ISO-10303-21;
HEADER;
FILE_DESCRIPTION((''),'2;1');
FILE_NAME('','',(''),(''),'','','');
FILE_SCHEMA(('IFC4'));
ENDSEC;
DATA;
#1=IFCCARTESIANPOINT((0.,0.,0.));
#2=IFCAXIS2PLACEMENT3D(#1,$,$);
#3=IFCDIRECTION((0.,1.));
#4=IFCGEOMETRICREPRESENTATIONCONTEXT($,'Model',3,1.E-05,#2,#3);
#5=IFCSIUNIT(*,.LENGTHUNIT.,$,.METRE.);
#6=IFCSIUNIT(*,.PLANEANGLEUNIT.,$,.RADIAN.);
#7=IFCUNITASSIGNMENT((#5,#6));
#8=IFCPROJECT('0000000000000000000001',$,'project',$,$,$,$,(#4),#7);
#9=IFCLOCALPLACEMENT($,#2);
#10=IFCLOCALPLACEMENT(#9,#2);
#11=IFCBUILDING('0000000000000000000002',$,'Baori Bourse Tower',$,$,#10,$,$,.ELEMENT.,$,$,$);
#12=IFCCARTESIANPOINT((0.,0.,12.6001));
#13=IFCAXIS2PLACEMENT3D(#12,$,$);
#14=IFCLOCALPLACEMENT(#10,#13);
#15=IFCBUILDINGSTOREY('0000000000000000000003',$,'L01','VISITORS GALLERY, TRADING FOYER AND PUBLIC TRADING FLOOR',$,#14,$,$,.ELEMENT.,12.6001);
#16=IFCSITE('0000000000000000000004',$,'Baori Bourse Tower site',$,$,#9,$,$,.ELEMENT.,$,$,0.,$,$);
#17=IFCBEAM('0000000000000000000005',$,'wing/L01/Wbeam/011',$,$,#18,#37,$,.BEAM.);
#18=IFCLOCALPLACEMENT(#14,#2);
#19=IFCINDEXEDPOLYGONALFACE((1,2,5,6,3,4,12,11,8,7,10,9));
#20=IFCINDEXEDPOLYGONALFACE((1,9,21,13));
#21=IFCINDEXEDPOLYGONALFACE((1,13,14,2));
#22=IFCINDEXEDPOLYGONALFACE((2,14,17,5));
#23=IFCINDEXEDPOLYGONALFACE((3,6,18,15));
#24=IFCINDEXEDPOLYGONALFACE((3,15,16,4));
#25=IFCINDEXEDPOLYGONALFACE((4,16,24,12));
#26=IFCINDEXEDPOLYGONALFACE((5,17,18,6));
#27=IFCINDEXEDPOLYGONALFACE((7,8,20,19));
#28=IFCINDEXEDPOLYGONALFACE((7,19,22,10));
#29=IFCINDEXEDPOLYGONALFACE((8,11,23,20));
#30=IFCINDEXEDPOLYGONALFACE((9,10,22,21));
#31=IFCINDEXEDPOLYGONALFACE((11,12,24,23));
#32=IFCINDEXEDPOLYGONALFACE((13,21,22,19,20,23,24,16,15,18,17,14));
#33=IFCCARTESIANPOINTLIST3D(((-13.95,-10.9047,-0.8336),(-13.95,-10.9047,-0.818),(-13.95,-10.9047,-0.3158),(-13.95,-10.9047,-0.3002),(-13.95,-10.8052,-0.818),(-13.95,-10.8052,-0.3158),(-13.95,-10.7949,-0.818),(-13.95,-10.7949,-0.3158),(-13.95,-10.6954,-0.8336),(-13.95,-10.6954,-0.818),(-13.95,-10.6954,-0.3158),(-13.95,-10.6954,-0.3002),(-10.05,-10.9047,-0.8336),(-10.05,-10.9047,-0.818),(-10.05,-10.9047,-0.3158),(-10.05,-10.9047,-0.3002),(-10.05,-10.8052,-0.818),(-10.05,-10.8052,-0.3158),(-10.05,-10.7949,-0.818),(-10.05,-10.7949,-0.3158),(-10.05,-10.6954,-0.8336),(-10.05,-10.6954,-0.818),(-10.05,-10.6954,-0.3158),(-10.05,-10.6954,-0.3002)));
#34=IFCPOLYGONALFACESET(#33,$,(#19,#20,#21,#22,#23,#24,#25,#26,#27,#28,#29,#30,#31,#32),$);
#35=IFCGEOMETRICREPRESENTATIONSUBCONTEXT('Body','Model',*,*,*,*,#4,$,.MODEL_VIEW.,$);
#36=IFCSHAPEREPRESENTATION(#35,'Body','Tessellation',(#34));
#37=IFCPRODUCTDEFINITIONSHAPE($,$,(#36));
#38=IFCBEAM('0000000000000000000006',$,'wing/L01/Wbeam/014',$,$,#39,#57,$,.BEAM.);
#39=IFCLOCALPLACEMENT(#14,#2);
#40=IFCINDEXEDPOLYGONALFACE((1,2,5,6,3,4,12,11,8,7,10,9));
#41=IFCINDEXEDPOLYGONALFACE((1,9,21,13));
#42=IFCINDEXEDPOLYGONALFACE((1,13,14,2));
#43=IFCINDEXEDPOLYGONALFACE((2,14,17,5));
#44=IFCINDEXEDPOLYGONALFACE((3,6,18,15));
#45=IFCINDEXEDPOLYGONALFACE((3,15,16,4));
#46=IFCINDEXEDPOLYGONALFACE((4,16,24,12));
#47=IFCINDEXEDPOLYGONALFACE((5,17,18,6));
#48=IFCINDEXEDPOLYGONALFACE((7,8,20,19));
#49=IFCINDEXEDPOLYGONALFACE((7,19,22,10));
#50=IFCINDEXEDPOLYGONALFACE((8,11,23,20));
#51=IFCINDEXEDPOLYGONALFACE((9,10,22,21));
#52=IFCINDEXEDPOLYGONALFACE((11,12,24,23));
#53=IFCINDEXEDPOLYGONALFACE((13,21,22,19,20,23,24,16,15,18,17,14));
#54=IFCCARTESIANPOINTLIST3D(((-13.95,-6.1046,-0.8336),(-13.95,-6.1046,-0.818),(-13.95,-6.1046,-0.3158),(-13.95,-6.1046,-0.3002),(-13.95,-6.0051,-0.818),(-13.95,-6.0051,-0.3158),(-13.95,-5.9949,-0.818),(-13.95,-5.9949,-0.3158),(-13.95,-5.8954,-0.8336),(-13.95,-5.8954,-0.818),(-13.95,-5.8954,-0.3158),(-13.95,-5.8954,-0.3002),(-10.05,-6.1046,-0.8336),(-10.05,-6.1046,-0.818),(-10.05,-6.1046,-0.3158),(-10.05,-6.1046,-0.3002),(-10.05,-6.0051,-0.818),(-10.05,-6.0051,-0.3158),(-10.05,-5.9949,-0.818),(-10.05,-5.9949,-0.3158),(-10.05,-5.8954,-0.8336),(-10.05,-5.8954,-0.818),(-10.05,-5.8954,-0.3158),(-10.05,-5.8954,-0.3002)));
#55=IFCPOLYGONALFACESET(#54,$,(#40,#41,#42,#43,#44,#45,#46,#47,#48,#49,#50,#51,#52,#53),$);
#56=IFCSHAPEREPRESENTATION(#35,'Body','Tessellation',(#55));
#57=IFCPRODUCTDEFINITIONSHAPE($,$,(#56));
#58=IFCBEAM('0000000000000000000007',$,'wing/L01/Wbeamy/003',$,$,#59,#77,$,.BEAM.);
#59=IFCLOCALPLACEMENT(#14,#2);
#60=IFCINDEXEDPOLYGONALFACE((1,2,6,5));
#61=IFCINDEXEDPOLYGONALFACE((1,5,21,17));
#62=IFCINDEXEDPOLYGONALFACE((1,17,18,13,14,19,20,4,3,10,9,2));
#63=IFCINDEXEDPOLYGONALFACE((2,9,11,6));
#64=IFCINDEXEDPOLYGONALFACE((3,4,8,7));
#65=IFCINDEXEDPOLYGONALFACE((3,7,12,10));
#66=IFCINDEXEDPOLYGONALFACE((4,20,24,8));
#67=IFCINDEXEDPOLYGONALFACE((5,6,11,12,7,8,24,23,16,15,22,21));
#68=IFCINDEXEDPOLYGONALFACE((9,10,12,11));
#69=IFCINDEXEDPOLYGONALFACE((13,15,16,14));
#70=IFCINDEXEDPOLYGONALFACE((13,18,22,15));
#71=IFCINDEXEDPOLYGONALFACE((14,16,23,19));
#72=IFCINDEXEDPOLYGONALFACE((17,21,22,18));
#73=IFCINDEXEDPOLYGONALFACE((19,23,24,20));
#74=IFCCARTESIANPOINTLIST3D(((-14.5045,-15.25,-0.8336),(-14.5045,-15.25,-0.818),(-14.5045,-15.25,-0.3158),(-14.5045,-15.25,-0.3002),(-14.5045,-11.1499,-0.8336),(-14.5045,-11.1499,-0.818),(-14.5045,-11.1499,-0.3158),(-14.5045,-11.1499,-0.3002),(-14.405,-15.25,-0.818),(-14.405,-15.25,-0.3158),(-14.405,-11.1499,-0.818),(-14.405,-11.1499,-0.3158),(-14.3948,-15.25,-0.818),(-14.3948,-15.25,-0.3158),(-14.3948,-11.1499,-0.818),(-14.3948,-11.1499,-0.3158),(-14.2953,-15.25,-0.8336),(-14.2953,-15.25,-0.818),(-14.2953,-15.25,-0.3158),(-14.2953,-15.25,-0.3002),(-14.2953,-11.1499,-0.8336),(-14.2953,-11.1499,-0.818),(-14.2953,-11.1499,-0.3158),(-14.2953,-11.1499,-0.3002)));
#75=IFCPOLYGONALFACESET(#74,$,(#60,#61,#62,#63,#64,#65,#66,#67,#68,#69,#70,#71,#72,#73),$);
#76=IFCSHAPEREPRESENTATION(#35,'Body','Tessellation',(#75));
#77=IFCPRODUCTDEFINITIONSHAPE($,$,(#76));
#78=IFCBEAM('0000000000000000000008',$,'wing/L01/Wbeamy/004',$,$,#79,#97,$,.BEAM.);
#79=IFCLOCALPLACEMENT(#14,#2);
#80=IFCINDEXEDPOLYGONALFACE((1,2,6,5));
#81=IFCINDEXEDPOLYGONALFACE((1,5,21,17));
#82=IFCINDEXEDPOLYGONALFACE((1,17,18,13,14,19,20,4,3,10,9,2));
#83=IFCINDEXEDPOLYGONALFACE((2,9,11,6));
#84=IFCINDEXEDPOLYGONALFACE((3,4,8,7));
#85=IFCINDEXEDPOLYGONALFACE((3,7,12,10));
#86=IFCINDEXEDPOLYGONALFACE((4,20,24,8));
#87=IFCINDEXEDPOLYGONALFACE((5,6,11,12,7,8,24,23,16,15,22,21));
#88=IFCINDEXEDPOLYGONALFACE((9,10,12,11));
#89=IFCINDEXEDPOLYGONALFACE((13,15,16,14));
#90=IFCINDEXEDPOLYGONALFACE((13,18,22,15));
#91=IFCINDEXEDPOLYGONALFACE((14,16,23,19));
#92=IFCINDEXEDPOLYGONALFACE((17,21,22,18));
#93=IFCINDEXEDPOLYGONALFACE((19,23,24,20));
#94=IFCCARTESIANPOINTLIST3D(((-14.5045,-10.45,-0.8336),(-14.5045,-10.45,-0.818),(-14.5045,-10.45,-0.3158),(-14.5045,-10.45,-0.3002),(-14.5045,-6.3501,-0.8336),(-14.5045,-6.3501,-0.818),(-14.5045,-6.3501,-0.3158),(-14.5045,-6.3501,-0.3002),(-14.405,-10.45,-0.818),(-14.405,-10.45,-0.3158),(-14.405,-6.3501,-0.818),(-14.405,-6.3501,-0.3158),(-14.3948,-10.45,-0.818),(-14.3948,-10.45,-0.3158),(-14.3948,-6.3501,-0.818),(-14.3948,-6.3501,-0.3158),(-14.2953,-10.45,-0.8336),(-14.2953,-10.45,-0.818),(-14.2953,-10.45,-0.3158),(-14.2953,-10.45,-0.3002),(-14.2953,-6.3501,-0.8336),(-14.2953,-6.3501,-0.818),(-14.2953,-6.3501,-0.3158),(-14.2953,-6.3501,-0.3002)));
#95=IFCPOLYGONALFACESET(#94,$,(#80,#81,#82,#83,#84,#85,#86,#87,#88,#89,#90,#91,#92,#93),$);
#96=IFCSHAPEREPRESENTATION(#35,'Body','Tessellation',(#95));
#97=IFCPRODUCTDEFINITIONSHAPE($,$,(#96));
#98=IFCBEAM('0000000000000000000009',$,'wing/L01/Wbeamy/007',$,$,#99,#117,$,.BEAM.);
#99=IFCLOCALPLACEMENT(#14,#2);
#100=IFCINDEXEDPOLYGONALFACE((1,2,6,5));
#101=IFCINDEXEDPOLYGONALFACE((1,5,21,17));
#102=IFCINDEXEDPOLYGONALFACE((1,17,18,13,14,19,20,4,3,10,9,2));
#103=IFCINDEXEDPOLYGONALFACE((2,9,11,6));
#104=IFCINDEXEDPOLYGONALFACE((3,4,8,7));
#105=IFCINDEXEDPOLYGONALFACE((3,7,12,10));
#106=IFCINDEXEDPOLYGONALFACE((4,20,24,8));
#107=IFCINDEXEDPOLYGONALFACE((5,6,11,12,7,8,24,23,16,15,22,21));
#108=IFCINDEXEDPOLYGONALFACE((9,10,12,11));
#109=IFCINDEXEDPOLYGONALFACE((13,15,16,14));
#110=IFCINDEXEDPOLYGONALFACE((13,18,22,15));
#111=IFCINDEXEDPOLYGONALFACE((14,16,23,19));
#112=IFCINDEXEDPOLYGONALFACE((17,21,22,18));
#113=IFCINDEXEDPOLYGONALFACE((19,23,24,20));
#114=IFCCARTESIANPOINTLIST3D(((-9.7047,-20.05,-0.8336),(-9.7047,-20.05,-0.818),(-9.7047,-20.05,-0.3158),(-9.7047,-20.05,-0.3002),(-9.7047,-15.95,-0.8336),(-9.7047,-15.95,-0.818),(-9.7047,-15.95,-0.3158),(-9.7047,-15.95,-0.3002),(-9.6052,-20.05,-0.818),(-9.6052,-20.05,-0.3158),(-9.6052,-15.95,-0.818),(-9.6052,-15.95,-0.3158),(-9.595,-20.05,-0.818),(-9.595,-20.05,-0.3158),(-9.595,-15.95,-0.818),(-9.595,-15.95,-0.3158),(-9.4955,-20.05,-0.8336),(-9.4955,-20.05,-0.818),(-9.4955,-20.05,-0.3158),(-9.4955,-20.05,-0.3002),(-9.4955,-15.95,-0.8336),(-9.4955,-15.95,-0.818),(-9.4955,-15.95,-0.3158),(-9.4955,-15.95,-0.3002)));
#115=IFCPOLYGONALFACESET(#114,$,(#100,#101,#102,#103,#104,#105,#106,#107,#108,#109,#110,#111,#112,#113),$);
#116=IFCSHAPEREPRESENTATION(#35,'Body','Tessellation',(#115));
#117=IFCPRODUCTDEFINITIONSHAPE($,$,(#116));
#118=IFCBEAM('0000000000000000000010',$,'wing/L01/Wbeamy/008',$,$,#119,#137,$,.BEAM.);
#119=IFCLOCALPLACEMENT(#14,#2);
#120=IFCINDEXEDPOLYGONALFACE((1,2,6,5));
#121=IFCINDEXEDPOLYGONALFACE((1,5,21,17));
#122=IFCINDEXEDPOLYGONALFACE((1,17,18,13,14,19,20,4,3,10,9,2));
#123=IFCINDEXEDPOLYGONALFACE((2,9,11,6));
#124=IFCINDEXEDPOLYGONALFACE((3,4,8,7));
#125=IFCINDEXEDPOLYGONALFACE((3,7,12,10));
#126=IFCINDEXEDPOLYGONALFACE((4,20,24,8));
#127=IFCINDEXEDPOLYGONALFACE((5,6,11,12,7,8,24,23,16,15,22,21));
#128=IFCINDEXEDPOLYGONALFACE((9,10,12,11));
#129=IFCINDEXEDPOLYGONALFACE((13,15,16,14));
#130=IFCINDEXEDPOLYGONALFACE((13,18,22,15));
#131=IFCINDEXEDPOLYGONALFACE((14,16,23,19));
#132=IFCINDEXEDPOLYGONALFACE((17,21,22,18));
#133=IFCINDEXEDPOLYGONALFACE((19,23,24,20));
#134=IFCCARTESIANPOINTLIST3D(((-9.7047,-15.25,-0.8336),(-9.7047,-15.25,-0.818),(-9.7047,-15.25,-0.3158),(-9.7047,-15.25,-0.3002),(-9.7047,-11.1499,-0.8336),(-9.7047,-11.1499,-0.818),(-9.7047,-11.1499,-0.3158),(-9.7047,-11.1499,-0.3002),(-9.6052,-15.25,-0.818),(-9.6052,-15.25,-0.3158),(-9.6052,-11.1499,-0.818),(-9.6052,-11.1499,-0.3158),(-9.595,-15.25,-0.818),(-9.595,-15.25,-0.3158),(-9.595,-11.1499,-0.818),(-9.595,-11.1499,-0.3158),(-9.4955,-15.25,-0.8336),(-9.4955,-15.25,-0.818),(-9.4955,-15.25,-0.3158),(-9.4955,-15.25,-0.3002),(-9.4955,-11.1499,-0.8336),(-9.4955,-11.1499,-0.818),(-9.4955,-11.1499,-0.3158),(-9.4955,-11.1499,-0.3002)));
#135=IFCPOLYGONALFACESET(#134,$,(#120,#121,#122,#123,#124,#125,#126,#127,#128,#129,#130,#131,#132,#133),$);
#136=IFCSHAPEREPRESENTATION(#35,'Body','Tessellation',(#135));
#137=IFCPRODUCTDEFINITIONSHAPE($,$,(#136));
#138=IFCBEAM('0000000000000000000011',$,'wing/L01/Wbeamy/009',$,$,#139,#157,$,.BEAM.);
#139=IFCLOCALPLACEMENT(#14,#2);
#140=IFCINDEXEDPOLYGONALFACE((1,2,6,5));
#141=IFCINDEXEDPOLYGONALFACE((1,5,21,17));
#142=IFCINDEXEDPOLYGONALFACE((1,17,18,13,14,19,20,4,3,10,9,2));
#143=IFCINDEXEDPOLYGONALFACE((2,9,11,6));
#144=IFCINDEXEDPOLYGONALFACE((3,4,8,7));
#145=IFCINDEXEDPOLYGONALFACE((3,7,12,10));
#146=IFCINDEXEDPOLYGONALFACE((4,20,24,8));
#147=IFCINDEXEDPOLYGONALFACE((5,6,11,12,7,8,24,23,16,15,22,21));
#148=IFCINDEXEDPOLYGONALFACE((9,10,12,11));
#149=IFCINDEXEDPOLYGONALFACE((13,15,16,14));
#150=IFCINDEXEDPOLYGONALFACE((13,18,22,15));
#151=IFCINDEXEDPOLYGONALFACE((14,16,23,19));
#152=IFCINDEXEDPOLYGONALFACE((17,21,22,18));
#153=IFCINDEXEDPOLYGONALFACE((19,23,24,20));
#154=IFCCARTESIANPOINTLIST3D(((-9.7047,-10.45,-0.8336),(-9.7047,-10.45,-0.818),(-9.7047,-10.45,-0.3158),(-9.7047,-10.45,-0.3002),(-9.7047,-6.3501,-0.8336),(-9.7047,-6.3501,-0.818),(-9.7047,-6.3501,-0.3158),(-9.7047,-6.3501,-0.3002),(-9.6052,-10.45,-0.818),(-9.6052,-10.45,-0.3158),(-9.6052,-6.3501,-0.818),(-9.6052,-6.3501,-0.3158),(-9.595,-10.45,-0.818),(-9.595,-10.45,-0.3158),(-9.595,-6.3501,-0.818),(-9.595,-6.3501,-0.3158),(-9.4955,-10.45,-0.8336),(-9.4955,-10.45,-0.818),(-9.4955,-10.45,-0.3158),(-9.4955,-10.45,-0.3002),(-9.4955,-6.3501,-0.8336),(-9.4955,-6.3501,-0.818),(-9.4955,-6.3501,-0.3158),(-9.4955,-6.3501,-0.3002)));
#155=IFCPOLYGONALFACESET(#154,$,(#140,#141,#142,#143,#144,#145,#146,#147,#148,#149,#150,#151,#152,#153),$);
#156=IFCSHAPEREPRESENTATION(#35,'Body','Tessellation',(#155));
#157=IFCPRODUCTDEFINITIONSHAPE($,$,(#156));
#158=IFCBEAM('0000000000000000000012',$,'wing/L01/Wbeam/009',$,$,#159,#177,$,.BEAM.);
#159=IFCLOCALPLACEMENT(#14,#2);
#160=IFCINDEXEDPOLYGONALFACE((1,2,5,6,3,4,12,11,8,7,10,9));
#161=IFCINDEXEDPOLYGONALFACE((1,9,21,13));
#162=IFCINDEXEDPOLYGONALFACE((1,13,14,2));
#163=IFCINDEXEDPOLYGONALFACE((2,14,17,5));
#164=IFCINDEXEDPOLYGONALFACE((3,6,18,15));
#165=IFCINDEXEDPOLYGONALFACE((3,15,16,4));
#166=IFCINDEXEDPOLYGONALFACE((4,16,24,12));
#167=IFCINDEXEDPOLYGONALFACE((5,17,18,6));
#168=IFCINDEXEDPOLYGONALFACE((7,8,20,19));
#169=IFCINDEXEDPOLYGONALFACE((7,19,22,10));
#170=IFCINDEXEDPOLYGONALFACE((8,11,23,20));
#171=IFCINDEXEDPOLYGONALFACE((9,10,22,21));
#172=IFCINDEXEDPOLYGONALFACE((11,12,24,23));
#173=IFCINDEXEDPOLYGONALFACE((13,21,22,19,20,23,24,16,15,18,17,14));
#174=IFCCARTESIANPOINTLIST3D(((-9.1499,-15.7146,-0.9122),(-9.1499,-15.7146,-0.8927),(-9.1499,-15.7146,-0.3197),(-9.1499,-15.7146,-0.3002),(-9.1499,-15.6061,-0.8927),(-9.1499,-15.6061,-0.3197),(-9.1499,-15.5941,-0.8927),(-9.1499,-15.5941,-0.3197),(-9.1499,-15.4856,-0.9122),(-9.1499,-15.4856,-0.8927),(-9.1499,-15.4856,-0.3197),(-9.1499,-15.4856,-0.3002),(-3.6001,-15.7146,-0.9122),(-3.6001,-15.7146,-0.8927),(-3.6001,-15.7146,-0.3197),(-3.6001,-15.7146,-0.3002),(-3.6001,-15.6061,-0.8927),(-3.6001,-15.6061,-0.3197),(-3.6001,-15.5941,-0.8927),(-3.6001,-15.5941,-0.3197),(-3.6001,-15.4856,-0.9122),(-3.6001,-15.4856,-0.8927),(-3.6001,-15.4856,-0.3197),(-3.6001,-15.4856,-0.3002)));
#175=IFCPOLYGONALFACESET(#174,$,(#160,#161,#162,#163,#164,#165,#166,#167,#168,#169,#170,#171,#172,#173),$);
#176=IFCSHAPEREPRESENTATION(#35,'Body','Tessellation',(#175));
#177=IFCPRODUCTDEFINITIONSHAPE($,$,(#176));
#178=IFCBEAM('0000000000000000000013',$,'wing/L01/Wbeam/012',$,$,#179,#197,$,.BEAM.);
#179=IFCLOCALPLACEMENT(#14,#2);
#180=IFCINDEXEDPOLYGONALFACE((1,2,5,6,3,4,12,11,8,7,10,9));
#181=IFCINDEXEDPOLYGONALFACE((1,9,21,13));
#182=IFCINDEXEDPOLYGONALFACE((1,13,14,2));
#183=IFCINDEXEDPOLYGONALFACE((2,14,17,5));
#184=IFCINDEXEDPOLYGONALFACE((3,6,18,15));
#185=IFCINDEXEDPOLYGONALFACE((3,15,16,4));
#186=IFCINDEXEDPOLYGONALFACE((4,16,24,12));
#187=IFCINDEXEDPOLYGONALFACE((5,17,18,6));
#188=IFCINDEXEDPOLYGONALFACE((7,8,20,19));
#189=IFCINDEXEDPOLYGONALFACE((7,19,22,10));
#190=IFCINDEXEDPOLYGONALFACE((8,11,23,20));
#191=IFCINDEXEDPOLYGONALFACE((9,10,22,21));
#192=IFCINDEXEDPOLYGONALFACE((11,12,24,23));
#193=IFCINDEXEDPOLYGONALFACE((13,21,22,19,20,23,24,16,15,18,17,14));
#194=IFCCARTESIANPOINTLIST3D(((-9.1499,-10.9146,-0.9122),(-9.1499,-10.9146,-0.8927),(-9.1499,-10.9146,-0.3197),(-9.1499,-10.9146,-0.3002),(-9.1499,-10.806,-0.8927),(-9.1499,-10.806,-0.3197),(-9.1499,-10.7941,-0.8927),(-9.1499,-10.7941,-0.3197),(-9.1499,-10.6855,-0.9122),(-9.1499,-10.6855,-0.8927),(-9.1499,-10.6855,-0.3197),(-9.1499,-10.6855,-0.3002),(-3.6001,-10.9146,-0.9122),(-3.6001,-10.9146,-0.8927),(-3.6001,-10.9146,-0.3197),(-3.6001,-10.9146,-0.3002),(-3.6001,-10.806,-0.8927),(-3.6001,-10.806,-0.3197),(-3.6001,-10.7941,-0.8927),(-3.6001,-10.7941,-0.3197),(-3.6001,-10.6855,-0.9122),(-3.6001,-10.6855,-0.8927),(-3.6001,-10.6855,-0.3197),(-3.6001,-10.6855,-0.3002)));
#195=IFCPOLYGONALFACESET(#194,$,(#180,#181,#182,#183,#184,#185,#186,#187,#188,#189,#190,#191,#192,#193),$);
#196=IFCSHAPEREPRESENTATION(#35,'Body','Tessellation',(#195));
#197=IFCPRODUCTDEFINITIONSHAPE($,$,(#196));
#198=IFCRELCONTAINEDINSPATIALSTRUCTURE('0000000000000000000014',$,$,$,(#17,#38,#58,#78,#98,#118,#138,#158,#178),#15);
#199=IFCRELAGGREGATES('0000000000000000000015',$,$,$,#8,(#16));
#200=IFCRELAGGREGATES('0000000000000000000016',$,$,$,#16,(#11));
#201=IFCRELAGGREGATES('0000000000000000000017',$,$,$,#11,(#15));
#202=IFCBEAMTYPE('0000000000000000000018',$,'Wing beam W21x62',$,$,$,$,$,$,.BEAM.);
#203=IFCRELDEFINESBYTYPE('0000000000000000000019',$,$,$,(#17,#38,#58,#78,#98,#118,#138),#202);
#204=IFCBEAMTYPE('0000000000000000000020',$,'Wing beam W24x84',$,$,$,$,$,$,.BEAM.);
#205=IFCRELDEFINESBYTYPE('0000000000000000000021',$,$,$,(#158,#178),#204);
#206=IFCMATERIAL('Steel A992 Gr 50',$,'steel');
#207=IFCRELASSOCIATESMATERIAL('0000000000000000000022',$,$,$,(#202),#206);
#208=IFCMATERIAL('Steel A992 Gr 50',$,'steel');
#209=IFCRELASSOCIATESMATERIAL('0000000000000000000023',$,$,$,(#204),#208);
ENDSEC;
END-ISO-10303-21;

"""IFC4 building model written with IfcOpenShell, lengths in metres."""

from ifc_helpers import new_model, si_unit, direction, frame, origin, origin_2d, place, context, subcontext, project, spatial, i_section, extrude, material, material_profile, profile_set, type_object, element, save


model = new_model("IFC4")

# Units and contexts
model_context = context("Model", 3, precision=1e-05, world=origin(), true_north=direction((0.0, 1.0)))
body_context = subcontext(model_context, "Body", "Model", "MODEL_VIEW")
ifc_project = project(units=[si_unit("LENGTHUNIT", "METRE"), si_unit("PLANEANGLEUNIT", "RADIAN")], contexts=[model_context])

# Site, building, storey
site_placement = place(None, origin())
site = spatial("IfcSite", under=ifc_project, at=site_placement, Name="Baori Bourse Tower site", CompositionType="ELEMENT", RefElevation=0.0)
building_placement = place(site_placement, origin())
building = spatial("IfcBuilding", under=site, at=building_placement, Name="Baori Bourse Tower", CompositionType="ELEMENT")
storey_placement = place(building_placement, frame((0.0, 0.0, 12.6001)))
storey = spatial("IfcBuildingStorey", under=building, at=storey_placement, Name="L01", Description="VISITORS GALLERY, TRADING FOYER AND PUBLIC TRADING FLOOR", CompositionType="ELEMENT", Elevation=12.6001)

# Beams
ifc_material_1 = material(Name="Steel A992 Gr 50", Category="steel")
ifc_material_profile_1 = material_profile(ifc_material_1, i_section(OverallWidth=0.2092, OverallDepth=0.5334, WebThickness=0.0103, FlangeThickness=0.0156, at=origin_2d()), Name="W21x62")
ifc_profile_set_1 = profile_set([ifc_material_profile_1], Name="Steel A992 Gr 50")
beam_type_1 = type_object("IfcBeamType", Name="Wing beam W21x62", PredefinedType="BEAM", material=ifc_profile_set_1)
for number, where, z_axis, x_axis, name in (
    (1, (-13.95, -10.8, -0.5669), (1.0, 0.0, 0.0), (0.0, 1.0, 0.0), "wing/L01/Wbeam/011"),
    (2, (-13.95, -6.0, -0.5669), (1.0, 0.0, 0.0), (0.0, 1.0, 0.0), "wing/L01/Wbeam/014"),
):
    element("IfcBeam", number, at=place(storey_placement, frame(where, z_axis=z_axis, x_axis=x_axis)), inside=storey, type_object=beam_type_1, Name=name, PredefinedType="BEAM", context=body_context, shape_type="SweptSolid", body=[
        extrude(i_section(OverallWidth=0.2092, OverallDepth=0.5334, WebThickness=0.0103, FlangeThickness=0.0156, at=origin_2d()), origin(), (0.0, 0.0, 1.0), 3.8999),
    ])
beam_1_placement = place(storey_placement, frame((-14.3999, -15.25, -0.5669), z_axis=(0.0, 1.0, 0.0), x_axis=(-1.0, 0.0, 0.0)))
element("IfcBeam", 3, at=beam_1_placement, inside=storey, type_object=beam_type_1, Name="wing/L01/Wbeamy/003", PredefinedType="BEAM", context=body_context, shape_type="SweptSolid", body=[
    extrude(i_section(OverallWidth=0.2092, OverallDepth=0.5334, WebThickness=0.0103, FlangeThickness=0.0156, at=origin_2d()), origin(), (0.0, 0.0, 1.0), 4.1001),
])
beam_2_placement = place(storey_placement, frame((-14.3999, -10.45, -0.5669), z_axis=(0.0, 1.0, 0.0), x_axis=(-1.0, 0.0, 0.0)))
element("IfcBeam", 4, at=beam_2_placement, inside=storey, type_object=beam_type_1, Name="wing/L01/Wbeamy/004", PredefinedType="BEAM", context=body_context, shape_type="SweptSolid", body=[
    extrude(i_section(OverallWidth=0.2092, OverallDepth=0.5334, WebThickness=0.0103, FlangeThickness=0.0156, at=origin_2d()), origin(), (0.0, 0.0, 1.0), 4.0999),
])
for number, where, z_axis, x_axis, name in (
    (5, (-9.6001, -20.05, -0.5669), (0.0, 1.0, 0.0), (-1.0, 0.0, 0.0), "wing/L01/Wbeamy/007"),
    (6, (-9.6001, -15.25, -0.5669), (0.0, 1.0, 0.0), (-1.0, 0.0, 0.0), "wing/L01/Wbeamy/008"),
):
    element("IfcBeam", number, at=place(storey_placement, frame(where, z_axis=z_axis, x_axis=x_axis)), inside=storey, type_object=beam_type_1, Name=name, PredefinedType="BEAM", context=body_context, shape_type="SweptSolid", body=[
        extrude(i_section(OverallWidth=0.2092, OverallDepth=0.5334, WebThickness=0.0103, FlangeThickness=0.0156, at=origin_2d()), origin(), (0.0, 0.0, 1.0), 4.1001),
    ])
beam_3_placement = place(storey_placement, frame((-9.6001, -10.45, -0.5669), z_axis=(0.0, 1.0, 0.0), x_axis=(-1.0, 0.0, 0.0)))
element("IfcBeam", 7, at=beam_3_placement, inside=storey, type_object=beam_type_1, Name="wing/L01/Wbeamy/009", PredefinedType="BEAM", context=body_context, shape_type="SweptSolid", body=[
    extrude(i_section(OverallWidth=0.2092, OverallDepth=0.5334, WebThickness=0.0103, FlangeThickness=0.0156, at=origin_2d()), origin(), (0.0, 0.0, 1.0), 4.0999),
])
ifc_material_2 = material(Name="Steel A992 Gr 50", Category="steel")
ifc_material_profile_2 = material_profile(ifc_material_2, i_section(OverallWidth=0.229, OverallDepth=0.6121, WebThickness=0.012, FlangeThickness=0.0195, at=origin_2d()), Name="W24x84")
ifc_profile_set_2 = profile_set([ifc_material_profile_2], Name="Steel A992 Gr 50")
beam_type_2 = type_object("IfcBeamType", Name="Wing beam W24x84", PredefinedType="BEAM", material=ifc_profile_set_2)
for number, where, z_axis, x_axis, name in (
    (8, (-9.1499, -15.6001, -0.6062), (1.0, 0.0, 0.0), (0.0, 1.0, 0.0), "wing/L01/Wbeam/009"),
    (9, (-9.1499, -10.8, -0.6062), (1.0, 0.0, 0.0), (0.0, 1.0, 0.0), "wing/L01/Wbeam/012"),
):
    element("IfcBeam", number, at=place(storey_placement, frame(where, z_axis=z_axis, x_axis=x_axis)), inside=storey, type_object=beam_type_2, Name=name, PredefinedType="BEAM", context=body_context, shape_type="SweptSolid", body=[
        extrude(i_section(OverallWidth=0.229, OverallDepth=0.6121, WebThickness=0.012, FlangeThickness=0.0195, at=origin_2d()), origin(), (0.0, 0.0, 1.0), 5.5498),
    ])

save(model, "model.ifc")
